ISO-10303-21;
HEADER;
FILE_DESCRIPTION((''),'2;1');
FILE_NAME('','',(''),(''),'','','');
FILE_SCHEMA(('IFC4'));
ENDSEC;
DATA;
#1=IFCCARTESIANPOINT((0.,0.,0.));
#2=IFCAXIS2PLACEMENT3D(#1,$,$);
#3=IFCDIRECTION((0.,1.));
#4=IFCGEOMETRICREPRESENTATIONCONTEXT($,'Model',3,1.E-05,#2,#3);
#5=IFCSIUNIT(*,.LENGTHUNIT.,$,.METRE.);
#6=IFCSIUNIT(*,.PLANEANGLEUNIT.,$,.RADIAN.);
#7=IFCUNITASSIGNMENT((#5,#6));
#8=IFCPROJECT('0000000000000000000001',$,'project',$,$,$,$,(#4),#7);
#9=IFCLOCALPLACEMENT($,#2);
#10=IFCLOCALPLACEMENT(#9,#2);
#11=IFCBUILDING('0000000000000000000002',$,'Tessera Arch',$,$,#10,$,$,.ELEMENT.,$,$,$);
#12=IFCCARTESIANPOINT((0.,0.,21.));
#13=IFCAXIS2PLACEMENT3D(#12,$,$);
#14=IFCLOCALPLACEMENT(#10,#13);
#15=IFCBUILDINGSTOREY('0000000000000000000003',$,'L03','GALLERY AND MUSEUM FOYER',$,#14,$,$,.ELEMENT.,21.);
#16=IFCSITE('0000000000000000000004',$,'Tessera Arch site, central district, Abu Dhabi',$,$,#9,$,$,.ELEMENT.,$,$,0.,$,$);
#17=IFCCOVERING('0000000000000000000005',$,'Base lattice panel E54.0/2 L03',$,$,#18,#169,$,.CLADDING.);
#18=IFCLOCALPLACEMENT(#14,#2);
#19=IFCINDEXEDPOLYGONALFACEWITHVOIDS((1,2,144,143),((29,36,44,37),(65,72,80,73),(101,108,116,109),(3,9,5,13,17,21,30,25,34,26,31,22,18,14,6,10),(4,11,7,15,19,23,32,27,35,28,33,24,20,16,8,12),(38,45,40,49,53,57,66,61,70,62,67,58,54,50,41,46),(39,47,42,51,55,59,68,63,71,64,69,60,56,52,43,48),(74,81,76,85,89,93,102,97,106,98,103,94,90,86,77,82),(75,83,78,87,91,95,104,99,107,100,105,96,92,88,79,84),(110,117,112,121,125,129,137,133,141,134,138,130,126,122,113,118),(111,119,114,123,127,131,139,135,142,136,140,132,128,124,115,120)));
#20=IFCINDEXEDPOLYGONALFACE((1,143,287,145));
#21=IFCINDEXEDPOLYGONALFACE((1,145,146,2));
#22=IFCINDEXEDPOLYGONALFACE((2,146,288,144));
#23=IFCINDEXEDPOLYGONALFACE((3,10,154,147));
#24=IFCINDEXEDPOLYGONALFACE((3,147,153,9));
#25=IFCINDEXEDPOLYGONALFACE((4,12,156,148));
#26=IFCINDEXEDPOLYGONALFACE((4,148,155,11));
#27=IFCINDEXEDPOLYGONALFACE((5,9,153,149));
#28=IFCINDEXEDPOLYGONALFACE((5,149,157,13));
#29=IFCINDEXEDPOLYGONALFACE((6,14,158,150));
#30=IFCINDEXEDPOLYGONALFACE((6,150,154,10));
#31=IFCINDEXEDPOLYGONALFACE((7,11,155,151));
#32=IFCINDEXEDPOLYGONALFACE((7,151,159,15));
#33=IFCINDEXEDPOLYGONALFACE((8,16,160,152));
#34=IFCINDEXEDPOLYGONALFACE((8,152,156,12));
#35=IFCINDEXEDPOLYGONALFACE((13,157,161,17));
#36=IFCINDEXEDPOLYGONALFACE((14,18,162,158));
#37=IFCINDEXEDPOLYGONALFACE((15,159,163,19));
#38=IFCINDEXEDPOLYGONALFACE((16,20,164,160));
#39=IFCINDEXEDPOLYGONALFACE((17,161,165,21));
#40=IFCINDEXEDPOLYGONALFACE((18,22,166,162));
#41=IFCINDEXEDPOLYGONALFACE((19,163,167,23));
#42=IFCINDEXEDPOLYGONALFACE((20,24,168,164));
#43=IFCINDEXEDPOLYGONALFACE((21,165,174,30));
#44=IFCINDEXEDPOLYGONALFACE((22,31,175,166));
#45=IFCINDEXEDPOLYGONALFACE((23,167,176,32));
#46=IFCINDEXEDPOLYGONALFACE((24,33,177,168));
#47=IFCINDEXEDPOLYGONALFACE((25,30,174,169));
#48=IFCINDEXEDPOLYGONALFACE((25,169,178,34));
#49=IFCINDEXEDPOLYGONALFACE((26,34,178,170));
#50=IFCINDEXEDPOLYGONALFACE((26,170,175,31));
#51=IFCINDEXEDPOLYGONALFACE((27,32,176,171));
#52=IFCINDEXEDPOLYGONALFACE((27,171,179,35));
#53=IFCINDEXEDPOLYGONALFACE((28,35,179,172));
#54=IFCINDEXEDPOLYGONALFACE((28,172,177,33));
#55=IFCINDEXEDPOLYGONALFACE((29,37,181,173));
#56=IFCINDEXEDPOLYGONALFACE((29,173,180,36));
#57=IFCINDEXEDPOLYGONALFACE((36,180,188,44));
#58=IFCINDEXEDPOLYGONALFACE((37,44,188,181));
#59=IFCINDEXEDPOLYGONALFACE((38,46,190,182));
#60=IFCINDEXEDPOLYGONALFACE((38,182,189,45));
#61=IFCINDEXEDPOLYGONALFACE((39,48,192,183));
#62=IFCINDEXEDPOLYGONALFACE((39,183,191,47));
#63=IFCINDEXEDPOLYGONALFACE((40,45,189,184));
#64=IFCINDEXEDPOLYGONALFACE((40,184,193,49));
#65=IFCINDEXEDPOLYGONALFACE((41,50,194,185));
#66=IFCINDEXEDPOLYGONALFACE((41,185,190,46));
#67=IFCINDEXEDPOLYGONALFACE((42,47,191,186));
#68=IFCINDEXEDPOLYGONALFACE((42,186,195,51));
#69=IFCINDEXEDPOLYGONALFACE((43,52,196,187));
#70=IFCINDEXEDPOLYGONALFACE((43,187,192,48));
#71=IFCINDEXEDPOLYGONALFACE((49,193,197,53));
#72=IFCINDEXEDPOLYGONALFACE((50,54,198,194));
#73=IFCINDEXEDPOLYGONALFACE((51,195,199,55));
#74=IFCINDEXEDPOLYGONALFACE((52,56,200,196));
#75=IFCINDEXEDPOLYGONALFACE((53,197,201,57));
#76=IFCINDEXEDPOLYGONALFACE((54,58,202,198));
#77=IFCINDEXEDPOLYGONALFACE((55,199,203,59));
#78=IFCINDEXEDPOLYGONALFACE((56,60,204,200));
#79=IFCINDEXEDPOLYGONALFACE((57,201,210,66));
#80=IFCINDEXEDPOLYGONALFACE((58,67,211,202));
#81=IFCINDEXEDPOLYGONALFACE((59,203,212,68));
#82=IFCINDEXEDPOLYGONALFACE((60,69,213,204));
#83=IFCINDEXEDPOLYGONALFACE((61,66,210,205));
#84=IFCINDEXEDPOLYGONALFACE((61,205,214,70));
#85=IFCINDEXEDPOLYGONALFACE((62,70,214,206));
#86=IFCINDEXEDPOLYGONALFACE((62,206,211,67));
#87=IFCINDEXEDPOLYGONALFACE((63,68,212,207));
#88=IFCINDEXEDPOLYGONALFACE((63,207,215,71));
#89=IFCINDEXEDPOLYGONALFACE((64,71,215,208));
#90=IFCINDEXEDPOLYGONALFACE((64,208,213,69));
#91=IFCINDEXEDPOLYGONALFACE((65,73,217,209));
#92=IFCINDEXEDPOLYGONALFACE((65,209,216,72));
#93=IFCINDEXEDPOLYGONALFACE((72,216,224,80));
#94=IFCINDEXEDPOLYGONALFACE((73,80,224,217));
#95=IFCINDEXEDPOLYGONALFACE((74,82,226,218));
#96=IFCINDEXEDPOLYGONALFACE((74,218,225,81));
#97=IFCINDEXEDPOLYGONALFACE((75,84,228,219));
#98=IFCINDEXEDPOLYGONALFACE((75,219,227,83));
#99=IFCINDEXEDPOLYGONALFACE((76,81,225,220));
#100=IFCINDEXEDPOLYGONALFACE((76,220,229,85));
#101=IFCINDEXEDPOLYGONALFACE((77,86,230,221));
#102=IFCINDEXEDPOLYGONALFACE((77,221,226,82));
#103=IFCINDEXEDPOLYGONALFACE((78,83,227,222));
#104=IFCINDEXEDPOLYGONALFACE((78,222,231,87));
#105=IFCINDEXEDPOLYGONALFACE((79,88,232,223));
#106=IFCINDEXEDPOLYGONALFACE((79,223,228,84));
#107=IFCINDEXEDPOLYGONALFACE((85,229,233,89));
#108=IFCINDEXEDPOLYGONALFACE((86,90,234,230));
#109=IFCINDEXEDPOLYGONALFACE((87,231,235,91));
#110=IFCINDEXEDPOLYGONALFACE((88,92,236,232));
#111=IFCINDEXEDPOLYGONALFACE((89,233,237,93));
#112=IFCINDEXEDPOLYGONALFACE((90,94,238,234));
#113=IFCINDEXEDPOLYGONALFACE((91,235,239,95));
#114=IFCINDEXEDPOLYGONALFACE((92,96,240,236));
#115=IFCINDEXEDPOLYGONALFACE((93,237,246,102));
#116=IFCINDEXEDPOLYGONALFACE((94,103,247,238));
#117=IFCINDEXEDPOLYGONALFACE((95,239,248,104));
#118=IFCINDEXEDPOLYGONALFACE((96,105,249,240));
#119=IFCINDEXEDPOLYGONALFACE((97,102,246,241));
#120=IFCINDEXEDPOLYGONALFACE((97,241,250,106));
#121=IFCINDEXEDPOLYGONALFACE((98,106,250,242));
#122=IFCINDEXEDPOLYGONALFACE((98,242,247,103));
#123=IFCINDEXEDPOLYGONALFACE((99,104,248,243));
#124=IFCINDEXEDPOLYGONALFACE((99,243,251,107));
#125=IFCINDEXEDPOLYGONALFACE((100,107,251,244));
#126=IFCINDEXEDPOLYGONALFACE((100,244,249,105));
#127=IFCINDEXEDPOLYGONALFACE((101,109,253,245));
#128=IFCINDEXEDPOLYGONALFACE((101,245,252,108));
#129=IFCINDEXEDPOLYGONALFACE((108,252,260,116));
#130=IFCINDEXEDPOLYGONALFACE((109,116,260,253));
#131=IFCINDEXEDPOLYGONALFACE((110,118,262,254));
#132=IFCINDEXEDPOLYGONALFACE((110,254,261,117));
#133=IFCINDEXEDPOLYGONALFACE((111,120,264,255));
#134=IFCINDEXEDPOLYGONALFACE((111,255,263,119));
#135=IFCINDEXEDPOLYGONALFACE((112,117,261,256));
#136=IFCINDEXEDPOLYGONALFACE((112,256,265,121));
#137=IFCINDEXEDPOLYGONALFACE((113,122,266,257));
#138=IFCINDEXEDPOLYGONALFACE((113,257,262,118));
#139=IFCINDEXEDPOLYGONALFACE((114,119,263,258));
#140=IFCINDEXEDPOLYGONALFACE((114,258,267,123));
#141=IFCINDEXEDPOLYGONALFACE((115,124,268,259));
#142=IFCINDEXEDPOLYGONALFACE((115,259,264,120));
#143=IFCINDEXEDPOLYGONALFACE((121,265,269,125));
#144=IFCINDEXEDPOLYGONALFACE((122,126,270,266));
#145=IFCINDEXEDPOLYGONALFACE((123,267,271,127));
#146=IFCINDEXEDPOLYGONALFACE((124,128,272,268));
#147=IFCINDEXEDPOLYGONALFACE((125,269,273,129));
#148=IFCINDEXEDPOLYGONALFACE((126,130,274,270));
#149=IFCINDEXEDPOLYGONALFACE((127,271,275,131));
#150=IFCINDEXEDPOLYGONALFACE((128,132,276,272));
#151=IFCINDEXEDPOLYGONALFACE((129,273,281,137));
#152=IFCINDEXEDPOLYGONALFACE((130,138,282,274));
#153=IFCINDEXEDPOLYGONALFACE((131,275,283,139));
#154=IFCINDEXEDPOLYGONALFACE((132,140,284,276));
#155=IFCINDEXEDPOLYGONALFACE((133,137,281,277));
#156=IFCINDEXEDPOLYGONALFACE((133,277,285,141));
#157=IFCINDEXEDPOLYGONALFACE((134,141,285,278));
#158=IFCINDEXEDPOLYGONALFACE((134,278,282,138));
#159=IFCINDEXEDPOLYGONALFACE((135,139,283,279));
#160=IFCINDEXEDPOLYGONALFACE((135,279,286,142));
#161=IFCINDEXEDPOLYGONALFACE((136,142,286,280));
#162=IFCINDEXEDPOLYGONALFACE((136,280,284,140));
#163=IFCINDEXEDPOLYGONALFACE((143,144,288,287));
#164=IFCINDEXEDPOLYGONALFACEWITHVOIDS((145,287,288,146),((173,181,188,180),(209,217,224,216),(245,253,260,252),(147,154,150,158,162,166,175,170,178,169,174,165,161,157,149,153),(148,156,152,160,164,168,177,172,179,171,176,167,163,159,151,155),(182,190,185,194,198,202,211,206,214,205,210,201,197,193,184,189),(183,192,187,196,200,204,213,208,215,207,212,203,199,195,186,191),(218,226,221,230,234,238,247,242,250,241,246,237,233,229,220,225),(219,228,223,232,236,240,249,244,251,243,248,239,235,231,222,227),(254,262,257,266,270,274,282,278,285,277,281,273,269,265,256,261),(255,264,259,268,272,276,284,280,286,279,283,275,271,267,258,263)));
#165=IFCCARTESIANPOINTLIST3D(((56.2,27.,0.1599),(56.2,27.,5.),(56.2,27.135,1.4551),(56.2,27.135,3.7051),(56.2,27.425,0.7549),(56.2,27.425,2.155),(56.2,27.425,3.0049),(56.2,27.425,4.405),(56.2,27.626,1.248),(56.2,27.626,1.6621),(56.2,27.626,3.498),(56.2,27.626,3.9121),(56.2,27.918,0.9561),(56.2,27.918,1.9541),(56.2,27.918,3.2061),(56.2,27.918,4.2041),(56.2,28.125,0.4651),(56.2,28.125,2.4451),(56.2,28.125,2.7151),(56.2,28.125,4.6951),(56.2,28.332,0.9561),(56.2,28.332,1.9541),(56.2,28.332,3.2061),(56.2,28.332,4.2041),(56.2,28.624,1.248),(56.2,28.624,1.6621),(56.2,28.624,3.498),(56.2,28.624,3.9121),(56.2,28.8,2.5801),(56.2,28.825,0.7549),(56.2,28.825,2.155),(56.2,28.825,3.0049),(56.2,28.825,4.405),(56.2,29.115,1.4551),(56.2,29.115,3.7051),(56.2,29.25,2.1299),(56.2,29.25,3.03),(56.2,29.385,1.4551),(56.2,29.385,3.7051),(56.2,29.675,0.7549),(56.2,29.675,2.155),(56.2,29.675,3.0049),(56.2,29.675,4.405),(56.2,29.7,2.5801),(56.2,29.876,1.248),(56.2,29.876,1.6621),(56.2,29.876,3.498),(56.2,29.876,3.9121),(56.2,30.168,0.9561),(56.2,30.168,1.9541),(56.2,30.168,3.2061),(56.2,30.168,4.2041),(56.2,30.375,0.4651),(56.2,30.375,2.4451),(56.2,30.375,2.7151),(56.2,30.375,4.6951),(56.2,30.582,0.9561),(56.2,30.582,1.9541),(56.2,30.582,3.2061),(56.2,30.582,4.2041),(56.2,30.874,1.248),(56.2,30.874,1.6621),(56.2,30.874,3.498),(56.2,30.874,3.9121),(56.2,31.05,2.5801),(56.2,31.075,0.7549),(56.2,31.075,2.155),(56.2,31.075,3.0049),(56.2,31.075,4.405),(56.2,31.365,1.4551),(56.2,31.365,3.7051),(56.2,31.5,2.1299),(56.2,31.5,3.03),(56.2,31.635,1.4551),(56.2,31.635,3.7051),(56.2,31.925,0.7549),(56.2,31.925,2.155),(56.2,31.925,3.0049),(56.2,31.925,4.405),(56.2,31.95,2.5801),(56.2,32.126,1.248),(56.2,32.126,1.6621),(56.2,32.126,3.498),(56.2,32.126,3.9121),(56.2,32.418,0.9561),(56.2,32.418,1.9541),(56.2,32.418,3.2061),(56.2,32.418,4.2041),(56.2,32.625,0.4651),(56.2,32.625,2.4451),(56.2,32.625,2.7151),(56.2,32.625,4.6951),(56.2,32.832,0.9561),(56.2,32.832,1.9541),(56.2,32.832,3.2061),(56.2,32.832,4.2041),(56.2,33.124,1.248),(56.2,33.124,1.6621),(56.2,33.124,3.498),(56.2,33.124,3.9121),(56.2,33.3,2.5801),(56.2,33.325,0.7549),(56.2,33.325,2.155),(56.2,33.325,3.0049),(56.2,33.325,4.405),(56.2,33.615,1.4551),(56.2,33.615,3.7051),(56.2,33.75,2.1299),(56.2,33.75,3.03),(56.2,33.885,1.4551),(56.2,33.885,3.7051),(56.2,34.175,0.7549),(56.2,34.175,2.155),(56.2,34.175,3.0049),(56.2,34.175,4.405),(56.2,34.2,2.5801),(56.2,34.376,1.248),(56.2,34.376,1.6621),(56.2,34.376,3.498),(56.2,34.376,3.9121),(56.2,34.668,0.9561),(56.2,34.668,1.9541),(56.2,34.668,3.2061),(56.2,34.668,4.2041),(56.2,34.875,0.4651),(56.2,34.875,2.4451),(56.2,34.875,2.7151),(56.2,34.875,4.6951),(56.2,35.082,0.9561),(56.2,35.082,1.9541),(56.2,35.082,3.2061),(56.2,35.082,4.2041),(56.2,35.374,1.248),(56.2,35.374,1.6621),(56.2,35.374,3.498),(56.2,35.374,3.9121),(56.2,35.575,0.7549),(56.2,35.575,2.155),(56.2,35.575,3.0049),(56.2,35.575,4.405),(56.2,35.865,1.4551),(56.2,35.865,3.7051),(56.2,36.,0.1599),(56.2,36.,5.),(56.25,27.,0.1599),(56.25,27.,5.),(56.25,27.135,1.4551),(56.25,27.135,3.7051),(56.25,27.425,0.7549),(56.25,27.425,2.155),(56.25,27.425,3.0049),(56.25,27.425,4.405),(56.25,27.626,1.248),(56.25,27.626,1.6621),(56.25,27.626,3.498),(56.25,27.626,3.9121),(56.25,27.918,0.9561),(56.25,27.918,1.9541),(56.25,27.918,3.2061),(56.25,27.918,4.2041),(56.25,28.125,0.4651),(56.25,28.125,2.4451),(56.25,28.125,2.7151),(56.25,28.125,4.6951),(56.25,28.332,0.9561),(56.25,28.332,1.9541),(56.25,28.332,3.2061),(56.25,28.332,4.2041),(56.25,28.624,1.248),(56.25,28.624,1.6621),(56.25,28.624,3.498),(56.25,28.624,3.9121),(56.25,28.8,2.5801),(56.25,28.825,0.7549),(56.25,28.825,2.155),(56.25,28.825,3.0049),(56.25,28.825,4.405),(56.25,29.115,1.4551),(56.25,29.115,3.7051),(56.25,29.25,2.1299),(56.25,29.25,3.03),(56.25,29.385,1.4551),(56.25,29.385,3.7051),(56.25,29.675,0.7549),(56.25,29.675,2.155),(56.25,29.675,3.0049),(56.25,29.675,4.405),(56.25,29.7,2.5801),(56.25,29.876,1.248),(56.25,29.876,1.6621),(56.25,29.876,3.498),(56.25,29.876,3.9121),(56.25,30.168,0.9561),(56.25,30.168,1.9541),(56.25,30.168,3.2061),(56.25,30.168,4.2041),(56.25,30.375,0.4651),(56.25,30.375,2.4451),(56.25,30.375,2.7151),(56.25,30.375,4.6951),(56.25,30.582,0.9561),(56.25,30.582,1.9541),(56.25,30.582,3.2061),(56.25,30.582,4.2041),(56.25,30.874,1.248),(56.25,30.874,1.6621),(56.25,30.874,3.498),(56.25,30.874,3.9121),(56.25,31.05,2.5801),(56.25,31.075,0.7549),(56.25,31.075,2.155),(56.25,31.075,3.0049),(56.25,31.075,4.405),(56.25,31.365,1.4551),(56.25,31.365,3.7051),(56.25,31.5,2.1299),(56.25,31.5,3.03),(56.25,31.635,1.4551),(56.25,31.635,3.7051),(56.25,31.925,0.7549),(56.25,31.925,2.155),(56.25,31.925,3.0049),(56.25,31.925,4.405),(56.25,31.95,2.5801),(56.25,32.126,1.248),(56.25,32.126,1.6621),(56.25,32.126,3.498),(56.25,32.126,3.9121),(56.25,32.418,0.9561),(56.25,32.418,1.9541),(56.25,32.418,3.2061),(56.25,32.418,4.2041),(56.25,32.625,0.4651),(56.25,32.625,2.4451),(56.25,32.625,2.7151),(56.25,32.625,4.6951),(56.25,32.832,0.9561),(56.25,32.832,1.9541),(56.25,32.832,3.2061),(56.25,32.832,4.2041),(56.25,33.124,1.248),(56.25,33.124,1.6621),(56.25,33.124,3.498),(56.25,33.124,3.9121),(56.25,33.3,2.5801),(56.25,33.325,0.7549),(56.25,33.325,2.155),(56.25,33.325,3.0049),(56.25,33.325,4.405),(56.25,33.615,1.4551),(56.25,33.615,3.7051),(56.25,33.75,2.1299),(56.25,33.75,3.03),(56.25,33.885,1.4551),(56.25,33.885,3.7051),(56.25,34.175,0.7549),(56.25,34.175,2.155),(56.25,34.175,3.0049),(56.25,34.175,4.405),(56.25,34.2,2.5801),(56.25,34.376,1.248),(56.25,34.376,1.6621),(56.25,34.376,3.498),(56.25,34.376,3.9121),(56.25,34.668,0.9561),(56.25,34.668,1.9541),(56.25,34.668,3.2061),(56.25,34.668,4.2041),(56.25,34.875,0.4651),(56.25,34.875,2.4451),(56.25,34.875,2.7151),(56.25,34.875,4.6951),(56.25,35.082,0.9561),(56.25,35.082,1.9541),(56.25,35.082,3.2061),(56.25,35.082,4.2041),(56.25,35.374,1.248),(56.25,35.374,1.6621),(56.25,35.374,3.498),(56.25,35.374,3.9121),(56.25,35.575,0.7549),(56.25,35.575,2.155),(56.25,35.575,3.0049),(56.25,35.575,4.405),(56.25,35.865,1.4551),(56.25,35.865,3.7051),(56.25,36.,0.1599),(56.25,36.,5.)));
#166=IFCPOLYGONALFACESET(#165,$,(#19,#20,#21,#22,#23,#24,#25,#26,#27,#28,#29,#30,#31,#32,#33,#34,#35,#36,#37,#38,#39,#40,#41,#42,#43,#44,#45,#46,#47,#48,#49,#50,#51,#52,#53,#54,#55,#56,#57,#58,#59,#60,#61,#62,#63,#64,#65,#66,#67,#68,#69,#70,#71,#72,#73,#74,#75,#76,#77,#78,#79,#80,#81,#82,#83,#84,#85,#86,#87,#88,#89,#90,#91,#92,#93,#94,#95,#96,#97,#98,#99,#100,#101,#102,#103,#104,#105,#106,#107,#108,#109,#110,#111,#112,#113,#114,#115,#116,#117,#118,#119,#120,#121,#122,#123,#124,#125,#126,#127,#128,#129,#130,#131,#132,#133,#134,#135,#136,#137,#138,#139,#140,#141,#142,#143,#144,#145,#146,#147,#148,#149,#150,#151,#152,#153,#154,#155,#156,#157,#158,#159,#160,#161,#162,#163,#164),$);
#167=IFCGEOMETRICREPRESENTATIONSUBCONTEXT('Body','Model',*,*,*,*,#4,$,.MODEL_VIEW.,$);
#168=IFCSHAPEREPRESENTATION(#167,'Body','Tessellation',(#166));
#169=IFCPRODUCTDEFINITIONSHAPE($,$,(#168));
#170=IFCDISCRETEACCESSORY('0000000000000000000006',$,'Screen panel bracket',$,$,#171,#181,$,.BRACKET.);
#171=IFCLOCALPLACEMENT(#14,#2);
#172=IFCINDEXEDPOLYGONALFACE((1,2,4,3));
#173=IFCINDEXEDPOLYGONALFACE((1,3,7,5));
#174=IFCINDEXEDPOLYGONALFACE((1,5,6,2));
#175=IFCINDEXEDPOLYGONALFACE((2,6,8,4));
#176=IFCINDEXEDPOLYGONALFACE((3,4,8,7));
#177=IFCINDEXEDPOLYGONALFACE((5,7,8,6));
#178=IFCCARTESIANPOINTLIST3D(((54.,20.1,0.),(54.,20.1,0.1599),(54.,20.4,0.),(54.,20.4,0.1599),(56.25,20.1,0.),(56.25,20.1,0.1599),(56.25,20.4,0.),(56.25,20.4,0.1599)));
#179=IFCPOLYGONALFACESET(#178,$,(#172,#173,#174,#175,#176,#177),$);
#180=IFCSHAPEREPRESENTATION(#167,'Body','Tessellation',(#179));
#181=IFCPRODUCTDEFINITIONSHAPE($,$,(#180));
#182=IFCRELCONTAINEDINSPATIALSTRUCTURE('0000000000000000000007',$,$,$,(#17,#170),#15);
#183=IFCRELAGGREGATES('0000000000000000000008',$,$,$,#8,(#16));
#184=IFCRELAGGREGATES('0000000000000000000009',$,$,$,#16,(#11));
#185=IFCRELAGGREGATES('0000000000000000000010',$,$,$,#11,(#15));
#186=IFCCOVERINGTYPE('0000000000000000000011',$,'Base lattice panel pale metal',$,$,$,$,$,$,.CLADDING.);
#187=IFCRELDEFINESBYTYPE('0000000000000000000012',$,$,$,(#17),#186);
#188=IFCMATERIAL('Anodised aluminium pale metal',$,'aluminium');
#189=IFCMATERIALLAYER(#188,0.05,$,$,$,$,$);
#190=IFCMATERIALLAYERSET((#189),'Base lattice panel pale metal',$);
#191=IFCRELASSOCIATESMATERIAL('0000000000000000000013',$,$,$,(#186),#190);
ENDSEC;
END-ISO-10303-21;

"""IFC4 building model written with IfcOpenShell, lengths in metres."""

from ifc_helpers import new_model, si_unit, direction, frame, origin, origin_2d, place, context, subcontext, project, spatial, polyline, rectangle, outline, extrude, material, layer, layer_set, type_object, element, save


model = new_model("IFC4")

# Units and contexts
model_context = context("Model", 3, precision=1e-05, world=origin(), true_north=direction((0.0, 1.0)))
body_context = subcontext(model_context, "Body", "Model", "MODEL_VIEW")
ifc_project = project(units=[si_unit("LENGTHUNIT", "METRE"), si_unit("PLANEANGLEUNIT", "RADIAN")], contexts=[model_context])

# Site, building, storey
site_placement = place(None, origin())
site = spatial("IfcSite", under=ifc_project, at=site_placement, Name="Tessera Arch site, central district, Abu Dhabi", CompositionType="ELEMENT", RefElevation=0.0)
building_placement = place(site_placement, origin())
building = spatial("IfcBuilding", under=site, at=building_placement, Name="Tessera Arch", CompositionType="ELEMENT")
storey_placement = place(building_placement, frame((0.0, 0.0, 21.0)))
storey = spatial("IfcBuildingStorey", under=building, at=storey_placement, Name="L03", Description="GALLERY AND MUSEUM FOYER", CompositionType="ELEMENT", Elevation=21.0)

# Covering
ifc_material_1 = material(Name="Anodised aluminium pale metal", Category="aluminium")
ifc_layer_1 = layer(ifc_material_1, 0.05)
ifc_layer_set_1 = layer_set([ifc_layer_1], Name="Base lattice panel pale metal")
covering_type = type_object("IfcCoveringType", Name="Base lattice panel pale metal", PredefinedType="CLADDING", material=ifc_layer_set_1)
covering_1_placement = place(storey_placement, frame((56.2, 27.0, 5.0), z_axis=(-1.0, 0.0, 0.0), x_axis=(0.0, 1.0, 0.0)))
element("IfcCovering", 1, at=covering_1_placement, inside=storey, type_object=covering_type, Name="Base lattice panel E54.0/2 L03", PredefinedType="CLADDING", context=body_context, shape_type="SweptSolid", body=[
    extrude(outline(polyline([(0.0, 0.0), (9.0, 0.0), (9.0, 4.8401), (0.0, 4.8401), (0.0, 0.0)]), holes=[polyline([(2.115, 3.5449), (1.624, 3.3379), (1.825, 2.845), (1.332, 3.0459), (1.125, 2.5549), (0.918, 3.0459), (0.425, 2.845), (0.626, 3.3379), (0.135, 3.5449), (0.626, 3.752), (0.425, 4.2451), (0.918, 4.0439), (1.125, 4.5349), (1.332, 4.0439), (1.825, 4.2451), (1.624, 3.752), (2.115, 3.5449)]), polyline([(2.115, 1.2949), (1.624, 1.0879), (1.825, 0.595), (1.332, 0.7959), (1.125, 0.3049), (0.918, 0.7959), (0.425, 0.595), (0.626, 1.0879), (0.135, 1.2949), (0.626, 1.502), (0.425, 1.9951), (0.918, 1.7939), (1.125, 2.2849), (1.332, 1.7939), (1.825, 1.9951), (1.624, 1.502), (2.115, 1.2949)]), polyline([(4.365, 3.5449), (3.874, 3.3379), (4.075, 2.845), (3.582, 3.0459), (3.375, 2.5549), (3.168, 3.0459), (2.675, 2.845), (2.876, 3.3379), (2.385, 3.5449), (2.876, 3.752), (2.675, 4.2451), (3.168, 4.0439), (3.375, 4.5349), (3.582, 4.0439), (4.075, 4.2451), (3.874, 3.752), (4.365, 3.5449)]), polyline([(4.365, 1.2949), (3.874, 1.0879), (4.075, 0.595), (3.582, 0.7959), (3.375, 0.3049), (3.168, 0.7959), (2.675, 0.595), (2.876, 1.0879), (2.385, 1.2949), (2.876, 1.502), (2.675, 1.9951), (3.168, 1.7939), (3.375, 2.2849), (3.582, 1.7939), (4.075, 1.9951), (3.874, 1.502), (4.365, 1.2949)]), polyline([(6.615, 3.5449), (6.124, 3.3379), (6.325, 2.845), (5.832, 3.0459), (5.625, 2.5549), (5.418, 3.0459), (4.925, 2.845), (5.126, 3.3379), (4.635, 3.5449), (5.126, 3.752), (4.925, 4.2451), (5.418, 4.0439), (5.625, 4.5349), (5.832, 4.0439), (6.325, 4.2451), (6.124, 3.752), (6.615, 3.5449)]), polyline([(6.615, 1.2949), (6.124, 1.0879), (6.325, 0.595), (5.832, 0.7959), (5.625, 0.3049), (5.418, 0.7959), (4.925, 0.595), (5.126, 1.0879), (4.635, 1.2949), (5.126, 1.502), (4.925, 1.9951), (5.418, 1.7939), (5.625, 2.2849), (5.832, 1.7939), (6.325, 1.9951), (6.124, 1.502), (6.615, 1.2949)]), polyline([(8.865, 3.5449), (8.374, 3.3379), (8.575, 2.845), (8.082, 3.0459), (7.875, 2.5549), (7.668, 3.0459), (7.175, 2.845), (7.376, 3.3379), (6.885, 3.5449), (7.376, 3.752), (7.175, 4.2451), (7.668, 4.0439), (7.875, 4.5349), (8.082, 4.0439), (8.575, 4.2451), (8.374, 3.752), (8.865, 3.5449)]), polyline([(8.865, 1.2949), (8.374, 1.0879), (8.575, 0.595), (8.082, 0.7959), (7.875, 0.3049), (7.668, 0.7959), (7.175, 0.595), (7.376, 1.0879), (6.885, 1.2949), (7.376, 1.502), (7.175, 1.9951), (7.668, 1.7939), (7.875, 2.2849), (8.082, 1.7939), (8.575, 1.9951), (8.374, 1.502), (8.865, 1.2949)]), polyline([(2.7, 2.4199), (2.25, 1.97), (1.8, 2.4199), (2.25, 2.8701), (2.7, 2.4199)]), polyline([(4.95, 2.4199), (4.5, 1.97), (4.05, 2.4199), (4.5, 2.8701), (4.95, 2.4199)]), polyline([(7.2, 2.4199), (6.75, 1.97), (6.3, 2.4199), (6.75, 2.8701), (7.2, 2.4199)])]), origin(), (0.0, 0.0, -1.0), 0.05),
])

# Discrete accessory
discrete_accessory_1_placement = place(storey_placement, frame((55.125, 20.25, 0.0), z_axis=(0.0, 0.0, 1.0), x_axis=(1.0, 0.0, 0.0)))
element("IfcDiscreteAccessory", 2, at=discrete_accessory_1_placement, inside=storey, Name="Screen panel bracket", PredefinedType="BRACKET", context=body_context, shape_type="SweptSolid", body=[
    extrude(rectangle(XDim=2.25, YDim=0.3, at=origin_2d()), origin(), (0.0, 0.0, 1.0), 0.1599),
])

save(model, "model.ifc")
